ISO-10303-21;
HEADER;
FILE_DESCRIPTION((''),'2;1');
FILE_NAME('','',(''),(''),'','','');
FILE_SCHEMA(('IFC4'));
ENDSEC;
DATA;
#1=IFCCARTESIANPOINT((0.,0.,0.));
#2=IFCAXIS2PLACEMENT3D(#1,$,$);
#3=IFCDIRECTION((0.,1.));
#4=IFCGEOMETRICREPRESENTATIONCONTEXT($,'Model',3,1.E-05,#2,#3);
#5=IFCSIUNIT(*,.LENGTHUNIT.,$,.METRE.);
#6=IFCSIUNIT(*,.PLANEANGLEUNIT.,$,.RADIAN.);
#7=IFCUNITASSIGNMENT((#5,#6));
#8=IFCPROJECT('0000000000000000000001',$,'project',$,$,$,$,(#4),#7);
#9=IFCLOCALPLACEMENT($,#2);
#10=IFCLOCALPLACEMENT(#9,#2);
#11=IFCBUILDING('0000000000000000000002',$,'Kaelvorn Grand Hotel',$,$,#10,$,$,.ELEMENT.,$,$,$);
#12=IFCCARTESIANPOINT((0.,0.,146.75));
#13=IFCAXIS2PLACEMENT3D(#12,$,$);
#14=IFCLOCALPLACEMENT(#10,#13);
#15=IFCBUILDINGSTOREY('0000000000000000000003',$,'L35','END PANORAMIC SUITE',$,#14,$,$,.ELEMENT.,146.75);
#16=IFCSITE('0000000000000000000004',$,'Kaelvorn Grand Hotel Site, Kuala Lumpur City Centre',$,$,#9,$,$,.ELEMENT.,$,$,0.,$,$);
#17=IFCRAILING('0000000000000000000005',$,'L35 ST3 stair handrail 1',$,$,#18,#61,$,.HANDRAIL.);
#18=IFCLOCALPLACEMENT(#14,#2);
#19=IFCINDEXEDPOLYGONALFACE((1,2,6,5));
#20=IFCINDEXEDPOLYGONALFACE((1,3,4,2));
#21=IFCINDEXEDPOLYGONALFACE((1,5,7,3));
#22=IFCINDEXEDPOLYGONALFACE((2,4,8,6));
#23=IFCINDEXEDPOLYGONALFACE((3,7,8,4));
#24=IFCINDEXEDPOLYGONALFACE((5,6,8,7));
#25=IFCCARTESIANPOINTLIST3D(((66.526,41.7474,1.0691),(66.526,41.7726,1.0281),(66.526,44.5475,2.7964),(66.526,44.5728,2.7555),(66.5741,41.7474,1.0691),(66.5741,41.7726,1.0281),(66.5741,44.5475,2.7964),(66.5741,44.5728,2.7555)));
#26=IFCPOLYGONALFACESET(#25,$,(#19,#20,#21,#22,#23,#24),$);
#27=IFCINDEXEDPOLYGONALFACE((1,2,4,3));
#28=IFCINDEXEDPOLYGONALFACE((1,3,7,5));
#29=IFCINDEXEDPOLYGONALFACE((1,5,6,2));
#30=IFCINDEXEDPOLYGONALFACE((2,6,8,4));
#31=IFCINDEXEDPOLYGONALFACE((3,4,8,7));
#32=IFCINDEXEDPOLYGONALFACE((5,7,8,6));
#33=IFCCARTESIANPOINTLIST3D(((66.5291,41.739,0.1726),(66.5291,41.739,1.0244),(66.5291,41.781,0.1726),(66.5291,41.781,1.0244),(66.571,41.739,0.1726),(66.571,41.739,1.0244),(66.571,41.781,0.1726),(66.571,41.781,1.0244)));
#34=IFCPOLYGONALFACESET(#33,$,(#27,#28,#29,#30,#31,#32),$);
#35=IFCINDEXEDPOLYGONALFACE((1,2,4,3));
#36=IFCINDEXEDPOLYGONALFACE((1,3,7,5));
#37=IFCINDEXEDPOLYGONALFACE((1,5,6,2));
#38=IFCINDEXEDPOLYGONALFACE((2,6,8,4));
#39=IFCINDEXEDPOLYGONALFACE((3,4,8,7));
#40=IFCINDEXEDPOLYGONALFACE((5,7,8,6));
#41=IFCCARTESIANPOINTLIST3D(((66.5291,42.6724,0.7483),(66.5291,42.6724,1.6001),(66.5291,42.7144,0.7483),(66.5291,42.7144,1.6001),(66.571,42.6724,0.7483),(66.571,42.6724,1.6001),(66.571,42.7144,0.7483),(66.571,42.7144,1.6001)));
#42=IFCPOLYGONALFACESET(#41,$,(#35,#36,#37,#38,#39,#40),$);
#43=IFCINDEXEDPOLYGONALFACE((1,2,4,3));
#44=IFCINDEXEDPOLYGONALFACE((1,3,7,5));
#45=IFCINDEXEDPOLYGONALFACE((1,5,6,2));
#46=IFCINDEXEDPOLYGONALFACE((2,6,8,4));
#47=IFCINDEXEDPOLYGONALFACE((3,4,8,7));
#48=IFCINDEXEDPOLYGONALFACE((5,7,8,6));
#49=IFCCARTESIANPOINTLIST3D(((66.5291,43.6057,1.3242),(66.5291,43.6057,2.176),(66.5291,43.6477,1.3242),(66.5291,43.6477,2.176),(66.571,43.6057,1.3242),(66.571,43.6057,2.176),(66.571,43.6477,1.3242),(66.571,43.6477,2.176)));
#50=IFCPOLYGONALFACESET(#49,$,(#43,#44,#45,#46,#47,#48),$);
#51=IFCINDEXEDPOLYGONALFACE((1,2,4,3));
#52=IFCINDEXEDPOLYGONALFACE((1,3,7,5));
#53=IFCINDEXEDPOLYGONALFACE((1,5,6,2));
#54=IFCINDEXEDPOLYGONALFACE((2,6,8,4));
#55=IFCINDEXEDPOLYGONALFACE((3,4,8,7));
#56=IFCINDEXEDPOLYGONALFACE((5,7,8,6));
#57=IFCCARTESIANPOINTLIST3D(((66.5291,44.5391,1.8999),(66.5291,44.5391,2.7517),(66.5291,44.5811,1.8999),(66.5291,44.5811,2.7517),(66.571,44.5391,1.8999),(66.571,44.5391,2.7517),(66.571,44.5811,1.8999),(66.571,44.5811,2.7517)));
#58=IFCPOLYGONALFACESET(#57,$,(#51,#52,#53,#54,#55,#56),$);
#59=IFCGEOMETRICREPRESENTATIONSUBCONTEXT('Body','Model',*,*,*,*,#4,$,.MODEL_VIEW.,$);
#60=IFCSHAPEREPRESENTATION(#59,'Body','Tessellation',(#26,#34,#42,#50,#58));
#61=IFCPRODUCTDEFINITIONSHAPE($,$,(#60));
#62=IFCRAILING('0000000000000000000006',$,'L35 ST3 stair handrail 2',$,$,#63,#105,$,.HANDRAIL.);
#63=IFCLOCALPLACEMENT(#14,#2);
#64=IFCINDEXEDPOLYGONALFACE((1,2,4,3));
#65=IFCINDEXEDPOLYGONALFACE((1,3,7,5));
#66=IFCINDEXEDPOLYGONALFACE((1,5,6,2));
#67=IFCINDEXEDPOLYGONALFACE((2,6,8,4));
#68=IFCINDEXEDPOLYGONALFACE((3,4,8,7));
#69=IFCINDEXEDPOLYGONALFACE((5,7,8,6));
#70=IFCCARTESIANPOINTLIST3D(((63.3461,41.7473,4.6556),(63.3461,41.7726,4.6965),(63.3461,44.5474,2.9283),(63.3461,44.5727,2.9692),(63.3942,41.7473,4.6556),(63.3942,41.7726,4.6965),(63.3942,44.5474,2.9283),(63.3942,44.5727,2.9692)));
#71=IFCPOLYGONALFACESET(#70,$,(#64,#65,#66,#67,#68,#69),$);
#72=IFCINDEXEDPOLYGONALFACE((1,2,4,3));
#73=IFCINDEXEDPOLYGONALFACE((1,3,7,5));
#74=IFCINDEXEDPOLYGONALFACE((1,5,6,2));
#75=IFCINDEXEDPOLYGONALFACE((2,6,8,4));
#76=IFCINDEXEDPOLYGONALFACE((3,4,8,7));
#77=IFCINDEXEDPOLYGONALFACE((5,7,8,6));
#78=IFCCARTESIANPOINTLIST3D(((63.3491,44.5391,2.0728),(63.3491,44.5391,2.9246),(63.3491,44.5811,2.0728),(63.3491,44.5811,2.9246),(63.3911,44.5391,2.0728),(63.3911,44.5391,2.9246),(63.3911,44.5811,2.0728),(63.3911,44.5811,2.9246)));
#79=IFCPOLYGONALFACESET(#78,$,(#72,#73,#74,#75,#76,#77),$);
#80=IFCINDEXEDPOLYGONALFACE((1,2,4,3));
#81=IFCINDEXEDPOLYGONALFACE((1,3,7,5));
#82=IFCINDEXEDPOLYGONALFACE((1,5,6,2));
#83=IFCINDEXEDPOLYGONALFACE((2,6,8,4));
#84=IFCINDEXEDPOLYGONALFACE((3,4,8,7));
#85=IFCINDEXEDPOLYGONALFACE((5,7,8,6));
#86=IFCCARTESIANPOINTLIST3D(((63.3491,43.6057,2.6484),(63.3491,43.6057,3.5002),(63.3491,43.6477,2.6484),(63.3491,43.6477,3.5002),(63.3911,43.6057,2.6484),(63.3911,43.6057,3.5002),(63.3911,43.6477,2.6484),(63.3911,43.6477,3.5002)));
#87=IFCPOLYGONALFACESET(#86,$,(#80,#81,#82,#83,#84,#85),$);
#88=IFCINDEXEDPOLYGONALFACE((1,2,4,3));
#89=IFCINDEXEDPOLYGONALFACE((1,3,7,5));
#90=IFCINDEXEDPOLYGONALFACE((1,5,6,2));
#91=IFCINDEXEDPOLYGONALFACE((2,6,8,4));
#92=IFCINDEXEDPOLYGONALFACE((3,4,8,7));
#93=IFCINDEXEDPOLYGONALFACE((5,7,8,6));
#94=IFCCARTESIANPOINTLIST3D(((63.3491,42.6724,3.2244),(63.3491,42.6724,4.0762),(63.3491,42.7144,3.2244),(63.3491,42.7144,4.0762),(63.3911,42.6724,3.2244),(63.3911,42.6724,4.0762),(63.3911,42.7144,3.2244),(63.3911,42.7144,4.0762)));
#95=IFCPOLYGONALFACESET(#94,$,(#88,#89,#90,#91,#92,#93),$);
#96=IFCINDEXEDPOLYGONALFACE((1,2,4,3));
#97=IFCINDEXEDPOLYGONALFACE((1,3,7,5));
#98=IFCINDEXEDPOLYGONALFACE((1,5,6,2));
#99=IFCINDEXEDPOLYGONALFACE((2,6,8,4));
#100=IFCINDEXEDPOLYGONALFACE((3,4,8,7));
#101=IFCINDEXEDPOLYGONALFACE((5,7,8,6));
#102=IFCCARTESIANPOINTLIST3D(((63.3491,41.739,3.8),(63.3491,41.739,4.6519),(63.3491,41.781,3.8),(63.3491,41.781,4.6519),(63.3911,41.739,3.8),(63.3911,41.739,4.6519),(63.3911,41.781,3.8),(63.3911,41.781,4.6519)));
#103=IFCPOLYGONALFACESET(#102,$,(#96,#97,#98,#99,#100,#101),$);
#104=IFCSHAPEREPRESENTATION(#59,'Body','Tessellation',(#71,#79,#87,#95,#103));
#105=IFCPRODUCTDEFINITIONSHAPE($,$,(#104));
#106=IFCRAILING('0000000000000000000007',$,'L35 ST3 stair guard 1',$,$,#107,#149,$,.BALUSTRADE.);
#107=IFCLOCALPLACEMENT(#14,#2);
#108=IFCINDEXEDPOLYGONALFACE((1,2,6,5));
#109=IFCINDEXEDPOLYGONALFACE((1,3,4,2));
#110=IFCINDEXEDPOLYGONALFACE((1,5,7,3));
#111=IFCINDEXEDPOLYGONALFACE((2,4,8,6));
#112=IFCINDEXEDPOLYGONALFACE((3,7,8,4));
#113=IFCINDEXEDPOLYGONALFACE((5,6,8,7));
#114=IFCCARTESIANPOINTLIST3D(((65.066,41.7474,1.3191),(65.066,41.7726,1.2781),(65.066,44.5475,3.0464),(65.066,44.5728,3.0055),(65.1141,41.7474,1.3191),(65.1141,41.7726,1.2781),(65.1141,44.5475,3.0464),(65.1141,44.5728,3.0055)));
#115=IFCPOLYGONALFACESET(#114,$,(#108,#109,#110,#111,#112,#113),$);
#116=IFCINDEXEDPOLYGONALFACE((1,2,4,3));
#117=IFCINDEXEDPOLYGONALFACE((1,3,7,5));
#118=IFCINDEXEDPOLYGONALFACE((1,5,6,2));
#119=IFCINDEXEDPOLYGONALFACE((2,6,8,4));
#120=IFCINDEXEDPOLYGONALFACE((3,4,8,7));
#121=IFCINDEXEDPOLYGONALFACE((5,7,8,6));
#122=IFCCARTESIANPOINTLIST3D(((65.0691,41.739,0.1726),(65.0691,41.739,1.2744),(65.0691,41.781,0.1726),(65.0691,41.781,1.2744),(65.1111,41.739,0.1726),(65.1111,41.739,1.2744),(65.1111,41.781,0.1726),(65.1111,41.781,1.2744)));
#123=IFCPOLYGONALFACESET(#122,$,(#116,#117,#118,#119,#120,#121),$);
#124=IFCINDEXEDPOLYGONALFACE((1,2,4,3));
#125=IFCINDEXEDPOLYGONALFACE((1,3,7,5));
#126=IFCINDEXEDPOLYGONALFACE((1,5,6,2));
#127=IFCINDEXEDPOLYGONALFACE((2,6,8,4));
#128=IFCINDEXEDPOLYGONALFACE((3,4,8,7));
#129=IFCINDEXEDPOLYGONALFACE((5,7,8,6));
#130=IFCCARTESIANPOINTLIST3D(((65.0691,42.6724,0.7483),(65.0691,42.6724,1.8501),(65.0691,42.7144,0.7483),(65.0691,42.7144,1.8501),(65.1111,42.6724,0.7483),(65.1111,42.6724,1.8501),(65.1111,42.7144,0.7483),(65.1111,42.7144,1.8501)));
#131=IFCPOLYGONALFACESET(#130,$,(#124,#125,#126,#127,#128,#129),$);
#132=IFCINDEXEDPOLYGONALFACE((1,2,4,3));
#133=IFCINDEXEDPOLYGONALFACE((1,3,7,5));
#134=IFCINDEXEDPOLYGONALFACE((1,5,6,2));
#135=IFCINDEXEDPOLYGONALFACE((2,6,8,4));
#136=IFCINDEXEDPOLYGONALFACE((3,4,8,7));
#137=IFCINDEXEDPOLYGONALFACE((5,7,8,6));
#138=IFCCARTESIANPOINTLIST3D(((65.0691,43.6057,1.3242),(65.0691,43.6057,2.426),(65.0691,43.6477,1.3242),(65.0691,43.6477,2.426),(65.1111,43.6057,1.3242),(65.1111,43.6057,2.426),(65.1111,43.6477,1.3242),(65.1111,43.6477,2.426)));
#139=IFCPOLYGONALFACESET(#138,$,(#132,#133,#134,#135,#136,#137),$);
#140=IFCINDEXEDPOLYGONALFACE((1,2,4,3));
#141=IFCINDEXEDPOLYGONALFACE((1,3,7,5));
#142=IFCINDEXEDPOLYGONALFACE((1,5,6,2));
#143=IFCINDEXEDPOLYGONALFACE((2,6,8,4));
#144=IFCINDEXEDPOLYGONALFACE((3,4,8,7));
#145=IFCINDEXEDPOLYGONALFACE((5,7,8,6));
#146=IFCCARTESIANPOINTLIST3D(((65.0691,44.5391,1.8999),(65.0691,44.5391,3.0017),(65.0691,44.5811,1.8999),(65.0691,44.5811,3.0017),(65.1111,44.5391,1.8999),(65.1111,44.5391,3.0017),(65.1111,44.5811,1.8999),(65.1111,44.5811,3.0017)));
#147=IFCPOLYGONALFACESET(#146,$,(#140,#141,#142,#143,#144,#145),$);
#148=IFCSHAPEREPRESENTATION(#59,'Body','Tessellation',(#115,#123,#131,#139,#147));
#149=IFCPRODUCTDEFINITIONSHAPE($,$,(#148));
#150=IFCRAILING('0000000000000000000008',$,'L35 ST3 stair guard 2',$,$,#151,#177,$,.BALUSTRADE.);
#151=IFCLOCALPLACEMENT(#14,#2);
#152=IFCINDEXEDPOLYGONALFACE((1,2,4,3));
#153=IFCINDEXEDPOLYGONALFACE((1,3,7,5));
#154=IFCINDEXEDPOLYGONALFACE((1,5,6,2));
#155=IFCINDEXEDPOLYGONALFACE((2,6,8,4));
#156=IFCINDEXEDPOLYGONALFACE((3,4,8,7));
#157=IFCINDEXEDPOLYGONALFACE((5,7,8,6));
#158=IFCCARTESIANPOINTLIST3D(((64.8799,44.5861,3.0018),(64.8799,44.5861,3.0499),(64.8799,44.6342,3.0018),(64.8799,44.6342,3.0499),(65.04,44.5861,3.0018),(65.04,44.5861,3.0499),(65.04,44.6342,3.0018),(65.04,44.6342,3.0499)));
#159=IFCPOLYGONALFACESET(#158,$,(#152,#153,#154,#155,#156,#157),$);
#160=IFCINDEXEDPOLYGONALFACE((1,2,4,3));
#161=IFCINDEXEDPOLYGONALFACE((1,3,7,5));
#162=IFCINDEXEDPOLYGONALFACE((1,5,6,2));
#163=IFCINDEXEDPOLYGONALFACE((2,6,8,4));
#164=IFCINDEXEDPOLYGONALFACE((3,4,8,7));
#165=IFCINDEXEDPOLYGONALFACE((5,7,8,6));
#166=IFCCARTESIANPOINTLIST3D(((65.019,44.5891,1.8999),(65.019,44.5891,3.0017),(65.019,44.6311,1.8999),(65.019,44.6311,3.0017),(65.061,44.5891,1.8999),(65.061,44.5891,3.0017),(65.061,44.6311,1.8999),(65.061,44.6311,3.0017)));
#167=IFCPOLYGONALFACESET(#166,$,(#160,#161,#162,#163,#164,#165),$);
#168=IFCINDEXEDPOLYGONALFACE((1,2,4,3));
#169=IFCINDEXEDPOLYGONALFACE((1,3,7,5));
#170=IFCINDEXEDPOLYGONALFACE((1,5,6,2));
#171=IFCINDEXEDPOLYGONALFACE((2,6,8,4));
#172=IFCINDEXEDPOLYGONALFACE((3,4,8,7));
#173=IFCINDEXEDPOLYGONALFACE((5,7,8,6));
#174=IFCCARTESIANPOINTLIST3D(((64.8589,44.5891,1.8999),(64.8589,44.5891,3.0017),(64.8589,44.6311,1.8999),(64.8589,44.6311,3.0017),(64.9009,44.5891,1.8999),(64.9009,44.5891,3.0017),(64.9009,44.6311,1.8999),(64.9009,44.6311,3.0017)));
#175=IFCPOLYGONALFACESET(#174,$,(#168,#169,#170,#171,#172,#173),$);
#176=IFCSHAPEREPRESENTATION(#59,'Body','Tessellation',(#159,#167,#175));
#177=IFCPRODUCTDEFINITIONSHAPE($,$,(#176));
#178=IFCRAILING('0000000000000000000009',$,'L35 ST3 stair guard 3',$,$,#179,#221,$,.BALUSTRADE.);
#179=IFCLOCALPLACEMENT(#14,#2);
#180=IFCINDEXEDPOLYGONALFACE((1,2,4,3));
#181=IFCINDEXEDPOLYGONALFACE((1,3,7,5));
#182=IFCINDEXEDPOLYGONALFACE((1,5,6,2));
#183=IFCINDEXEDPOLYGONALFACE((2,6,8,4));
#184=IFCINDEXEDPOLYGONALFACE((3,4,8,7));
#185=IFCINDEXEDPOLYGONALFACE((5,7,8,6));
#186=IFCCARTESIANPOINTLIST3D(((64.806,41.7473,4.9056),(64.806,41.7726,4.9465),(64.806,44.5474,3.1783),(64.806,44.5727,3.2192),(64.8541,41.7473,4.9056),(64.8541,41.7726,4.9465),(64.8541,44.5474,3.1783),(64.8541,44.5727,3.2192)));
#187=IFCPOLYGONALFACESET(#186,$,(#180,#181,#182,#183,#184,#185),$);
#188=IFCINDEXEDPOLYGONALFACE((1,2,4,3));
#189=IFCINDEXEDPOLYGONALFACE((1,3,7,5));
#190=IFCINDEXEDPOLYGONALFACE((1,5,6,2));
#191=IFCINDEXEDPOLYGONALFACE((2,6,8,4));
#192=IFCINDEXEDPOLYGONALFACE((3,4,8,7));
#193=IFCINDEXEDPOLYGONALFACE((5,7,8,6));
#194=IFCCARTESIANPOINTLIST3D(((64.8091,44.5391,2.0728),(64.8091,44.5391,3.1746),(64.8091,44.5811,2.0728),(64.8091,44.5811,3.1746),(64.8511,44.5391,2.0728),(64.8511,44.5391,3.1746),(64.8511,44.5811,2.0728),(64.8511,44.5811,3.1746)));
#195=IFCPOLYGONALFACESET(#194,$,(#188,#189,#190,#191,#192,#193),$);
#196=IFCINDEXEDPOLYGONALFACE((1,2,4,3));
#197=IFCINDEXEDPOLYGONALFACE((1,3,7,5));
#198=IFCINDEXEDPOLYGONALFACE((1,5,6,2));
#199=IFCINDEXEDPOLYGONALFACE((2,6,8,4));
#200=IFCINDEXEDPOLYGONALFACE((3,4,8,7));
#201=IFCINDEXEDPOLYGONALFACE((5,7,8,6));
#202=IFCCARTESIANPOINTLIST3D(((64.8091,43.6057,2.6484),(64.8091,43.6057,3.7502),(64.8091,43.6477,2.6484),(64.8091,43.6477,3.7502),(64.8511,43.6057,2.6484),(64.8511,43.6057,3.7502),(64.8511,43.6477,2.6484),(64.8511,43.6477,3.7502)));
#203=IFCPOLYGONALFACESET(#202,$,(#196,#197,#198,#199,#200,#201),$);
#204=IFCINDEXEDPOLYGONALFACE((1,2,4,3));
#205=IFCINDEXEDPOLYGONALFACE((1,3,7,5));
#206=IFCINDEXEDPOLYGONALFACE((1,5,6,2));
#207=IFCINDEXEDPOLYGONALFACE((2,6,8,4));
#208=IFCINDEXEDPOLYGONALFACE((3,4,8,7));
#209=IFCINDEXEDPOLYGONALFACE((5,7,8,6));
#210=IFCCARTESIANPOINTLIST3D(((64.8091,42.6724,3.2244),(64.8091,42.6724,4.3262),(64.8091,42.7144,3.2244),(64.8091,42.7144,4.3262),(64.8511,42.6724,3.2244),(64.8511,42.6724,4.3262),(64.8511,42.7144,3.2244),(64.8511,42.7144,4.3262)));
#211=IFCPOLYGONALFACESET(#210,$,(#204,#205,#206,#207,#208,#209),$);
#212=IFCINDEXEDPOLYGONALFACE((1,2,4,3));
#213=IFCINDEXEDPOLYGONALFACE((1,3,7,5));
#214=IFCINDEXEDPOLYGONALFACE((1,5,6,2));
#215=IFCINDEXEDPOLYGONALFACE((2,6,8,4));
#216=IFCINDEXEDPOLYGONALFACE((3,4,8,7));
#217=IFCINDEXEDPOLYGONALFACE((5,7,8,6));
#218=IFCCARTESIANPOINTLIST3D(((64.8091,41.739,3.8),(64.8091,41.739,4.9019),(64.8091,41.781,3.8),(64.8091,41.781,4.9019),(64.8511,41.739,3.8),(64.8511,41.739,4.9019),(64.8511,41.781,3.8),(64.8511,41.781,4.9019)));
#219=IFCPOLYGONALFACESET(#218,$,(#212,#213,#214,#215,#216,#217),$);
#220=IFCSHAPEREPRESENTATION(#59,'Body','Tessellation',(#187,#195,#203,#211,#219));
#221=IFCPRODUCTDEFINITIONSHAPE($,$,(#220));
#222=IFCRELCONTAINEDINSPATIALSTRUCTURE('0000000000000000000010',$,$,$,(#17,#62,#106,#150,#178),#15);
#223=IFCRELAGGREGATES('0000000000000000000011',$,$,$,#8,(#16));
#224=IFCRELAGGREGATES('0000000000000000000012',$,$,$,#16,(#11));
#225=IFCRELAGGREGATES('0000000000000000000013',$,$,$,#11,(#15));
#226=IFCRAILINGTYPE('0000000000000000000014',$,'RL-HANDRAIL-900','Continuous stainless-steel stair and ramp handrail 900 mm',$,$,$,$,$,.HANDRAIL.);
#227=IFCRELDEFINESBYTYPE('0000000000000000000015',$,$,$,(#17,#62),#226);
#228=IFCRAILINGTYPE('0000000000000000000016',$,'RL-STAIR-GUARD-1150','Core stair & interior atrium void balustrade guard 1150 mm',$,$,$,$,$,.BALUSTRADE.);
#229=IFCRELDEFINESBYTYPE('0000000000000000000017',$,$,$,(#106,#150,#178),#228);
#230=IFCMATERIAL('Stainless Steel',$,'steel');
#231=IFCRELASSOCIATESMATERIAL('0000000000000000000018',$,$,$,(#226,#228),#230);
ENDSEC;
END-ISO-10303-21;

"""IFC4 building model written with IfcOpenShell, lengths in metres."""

from ifc_helpers import new_model, si_unit, direction, frame, origin, origin_2d, place, context, subcontext, project, spatial, rectangle, extrude, material, type_object, element, save


model = new_model("IFC4")

# Units and contexts
model_context = context("Model", 3, precision=1e-05, world=origin(), true_north=direction((0.0, 1.0)))
body_context = subcontext(model_context, "Body", "Model", "MODEL_VIEW")
ifc_project = project(units=[si_unit("LENGTHUNIT", "METRE"), si_unit("PLANEANGLEUNIT", "RADIAN")], contexts=[model_context])

# Site, building, storey
site_placement = place(None, origin())
site = spatial("IfcSite", under=ifc_project, at=site_placement, Name="Kaelvorn Grand Hotel Site, Kuala Lumpur City Centre", CompositionType="ELEMENT", RefElevation=0.0)
building_placement = place(site_placement, origin())
building = spatial("IfcBuilding", under=site, at=building_placement, Name="Kaelvorn Grand Hotel", CompositionType="ELEMENT")
storey_placement = place(building_placement, frame((0.0, 0.0, 146.75)))
storey = spatial("IfcBuildingStorey", under=building, at=storey_placement, Name="L35", Description="END PANORAMIC SUITE", CompositionType="ELEMENT", Elevation=146.75)

# Shared definitions
ifc_material_1 = material(Name="Stainless Steel", Category="steel")

# Railings
railing_type_1 = type_object("IfcRailingType", Name="RL-HANDRAIL-900", Description="Continuous stainless-steel stair and ramp handrail 900 mm", PredefinedType="HANDRAIL", material=ifc_material_1)
railing_1_placement = place(storey_placement, frame((66.55, 41.76, 0.1726)))
element("IfcRailing", 1, at=railing_1_placement, inside=storey, type_object=railing_type_1, Name="L35 ST3 stair handrail 1", PredefinedType="HANDRAIL", context=body_context, shape_type="SweptSolid", body=[
    extrude(rectangle(XDim=0.0481, YDim=0.0481, at=origin_2d()), frame((0.0, 0.0, 0.876), z_axis=(0.0, 0.85109, 0.52502), x_axis=(-1.0, 0.0, 0.0)), (0.0, 0.0, 1.0), 3.29),
    extrude(rectangle(XDim=0.042, YDim=0.042, at=origin_2d()), origin(), (0.0, 0.0, 1.0), 0.8518),
    extrude(rectangle(XDim=0.042, YDim=0.042, at=origin_2d()), frame((0.0, 0.9333, 0.5757)), (0.0, 0.0, 1.0), 0.8518),
    extrude(rectangle(XDim=0.042, YDim=0.042, at=origin_2d()), frame((0.0, 1.8667, 1.1516)), (0.0, 0.0, 1.0), 0.8518),
    extrude(rectangle(XDim=0.042, YDim=0.042, at=origin_2d()), frame((0.0, 2.8, 1.7273)), (0.0, 0.0, 1.0), 0.8518),
])
railing_2_placement = place(storey_placement, frame((63.3701, 44.5601, 2.0728)))
element("IfcRailing", 2, at=railing_2_placement, inside=storey, type_object=railing_type_1, Name="L35 ST3 stair handrail 2", PredefinedType="HANDRAIL", context=body_context, shape_type="SweptSolid", body=[
    extrude(rectangle(XDim=0.0481, YDim=0.0481, at=origin_2d()), frame((0.0, 0.0, 0.876), z_axis=(0.0, -0.85109, 0.52502), x_axis=(1.0, 0.0, 0.0)), (0.0, 0.0, 1.0), 3.29),
    extrude(rectangle(XDim=0.042, YDim=0.042, at=origin_2d()), origin(), (0.0, 0.0, 1.0), 0.8518),
    extrude(rectangle(XDim=0.042, YDim=0.042, at=origin_2d()), frame((0.0, -0.9333, 0.5757)), (0.0, 0.0, 1.0), 0.8518),
    extrude(rectangle(XDim=0.042, YDim=0.042, at=origin_2d()), frame((0.0, -1.8667, 1.1516)), (0.0, 0.0, 1.0), 0.8518),
    extrude(rectangle(XDim=0.042, YDim=0.042, at=origin_2d()), frame((0.0, -2.8, 1.7273)), (0.0, 0.0, 1.0), 0.8518),
])
railing_type_2 = type_object("IfcRailingType", Name="RL-STAIR-GUARD-1150", Description="Core stair & interior atrium void balustrade guard 1150 mm", PredefinedType="BALUSTRADE", material=ifc_material_1)
railing_3_placement = place(storey_placement, frame((65.0901, 41.76, 0.1726)))
element("IfcRailing", 3, at=railing_3_placement, inside=storey, type_object=railing_type_2, Name="L35 ST3 stair guard 1", PredefinedType="BALUSTRADE", context=body_context, shape_type="SweptSolid", body=[
    extrude(rectangle(XDim=0.0481, YDim=0.0481, at=origin_2d()), frame((0.0, 0.0, 1.126), z_axis=(0.0, 0.85109, 0.52502), x_axis=(-1.0, 0.0, 0.0)), (0.0, 0.0, 1.0), 3.29),
    extrude(rectangle(XDim=0.042, YDim=0.042, at=origin_2d()), origin(), (0.0, 0.0, 1.0), 1.1018),
    extrude(rectangle(XDim=0.042, YDim=0.042, at=origin_2d()), frame((0.0, 0.9333, 0.5757)), (0.0, 0.0, 1.0), 1.1018),
    extrude(rectangle(XDim=0.042, YDim=0.042, at=origin_2d()), frame((0.0, 1.8667, 1.1516)), (0.0, 0.0, 1.0), 1.1018),
    extrude(rectangle(XDim=0.042, YDim=0.042, at=origin_2d()), frame((0.0, 2.8, 1.7273)), (0.0, 0.0, 1.0), 1.1018),
])
railing_4_placement = place(storey_placement, frame((65.04, 44.6101, 1.8999)))
element("IfcRailing", 4, at=railing_4_placement, inside=storey, type_object=railing_type_2, Name="L35 ST3 stair guard 2", PredefinedType="BALUSTRADE", context=body_context, shape_type="SweptSolid", body=[
    extrude(rectangle(XDim=0.0481, YDim=0.0481, at=origin_2d()), frame((0.0, 0.0, 1.126), z_axis=(-1.0, 0.0, 0.0), x_axis=(0.0, -1.0, 0.0)), (0.0, 0.0, 1.0), 0.1602),
    extrude(rectangle(XDim=0.042, YDim=0.042, at=origin_2d()), origin(), (0.0, 0.0, 1.0), 1.1018),
    extrude(rectangle(XDim=0.042, YDim=0.042, at=origin_2d()), frame((-0.1602, 0.0, 0.0)), (0.0, 0.0, 1.0), 1.1018),
])
railing_5_placement = place(storey_placement, frame((64.8301, 44.5601, 2.0728)))
element("IfcRailing", 5, at=railing_5_placement, inside=storey, type_object=railing_type_2, Name="L35 ST3 stair guard 3", PredefinedType="BALUSTRADE", context=body_context, shape_type="SweptSolid", body=[
    extrude(rectangle(XDim=0.0481, YDim=0.0481, at=origin_2d()), frame((0.0, 0.0, 1.126), z_axis=(0.0, -0.85109, 0.52502), x_axis=(1.0, 0.0, 0.0)), (0.0, 0.0, 1.0), 3.29),
    extrude(rectangle(XDim=0.042, YDim=0.042, at=origin_2d()), origin(), (0.0, 0.0, 1.0), 1.1018),
    extrude(rectangle(XDim=0.042, YDim=0.042, at=origin_2d()), frame((0.0, -0.9333, 0.5757)), (0.0, 0.0, 1.0), 1.1018),
    extrude(rectangle(XDim=0.042, YDim=0.042, at=origin_2d()), frame((0.0, -1.8667, 1.1516)), (0.0, 0.0, 1.0), 1.1018),
    extrude(rectangle(XDim=0.042, YDim=0.042, at=origin_2d()), frame((0.0, -2.8, 1.7273)), (0.0, 0.0, 1.0), 1.1018),
])

save(model, "model.ifc")
